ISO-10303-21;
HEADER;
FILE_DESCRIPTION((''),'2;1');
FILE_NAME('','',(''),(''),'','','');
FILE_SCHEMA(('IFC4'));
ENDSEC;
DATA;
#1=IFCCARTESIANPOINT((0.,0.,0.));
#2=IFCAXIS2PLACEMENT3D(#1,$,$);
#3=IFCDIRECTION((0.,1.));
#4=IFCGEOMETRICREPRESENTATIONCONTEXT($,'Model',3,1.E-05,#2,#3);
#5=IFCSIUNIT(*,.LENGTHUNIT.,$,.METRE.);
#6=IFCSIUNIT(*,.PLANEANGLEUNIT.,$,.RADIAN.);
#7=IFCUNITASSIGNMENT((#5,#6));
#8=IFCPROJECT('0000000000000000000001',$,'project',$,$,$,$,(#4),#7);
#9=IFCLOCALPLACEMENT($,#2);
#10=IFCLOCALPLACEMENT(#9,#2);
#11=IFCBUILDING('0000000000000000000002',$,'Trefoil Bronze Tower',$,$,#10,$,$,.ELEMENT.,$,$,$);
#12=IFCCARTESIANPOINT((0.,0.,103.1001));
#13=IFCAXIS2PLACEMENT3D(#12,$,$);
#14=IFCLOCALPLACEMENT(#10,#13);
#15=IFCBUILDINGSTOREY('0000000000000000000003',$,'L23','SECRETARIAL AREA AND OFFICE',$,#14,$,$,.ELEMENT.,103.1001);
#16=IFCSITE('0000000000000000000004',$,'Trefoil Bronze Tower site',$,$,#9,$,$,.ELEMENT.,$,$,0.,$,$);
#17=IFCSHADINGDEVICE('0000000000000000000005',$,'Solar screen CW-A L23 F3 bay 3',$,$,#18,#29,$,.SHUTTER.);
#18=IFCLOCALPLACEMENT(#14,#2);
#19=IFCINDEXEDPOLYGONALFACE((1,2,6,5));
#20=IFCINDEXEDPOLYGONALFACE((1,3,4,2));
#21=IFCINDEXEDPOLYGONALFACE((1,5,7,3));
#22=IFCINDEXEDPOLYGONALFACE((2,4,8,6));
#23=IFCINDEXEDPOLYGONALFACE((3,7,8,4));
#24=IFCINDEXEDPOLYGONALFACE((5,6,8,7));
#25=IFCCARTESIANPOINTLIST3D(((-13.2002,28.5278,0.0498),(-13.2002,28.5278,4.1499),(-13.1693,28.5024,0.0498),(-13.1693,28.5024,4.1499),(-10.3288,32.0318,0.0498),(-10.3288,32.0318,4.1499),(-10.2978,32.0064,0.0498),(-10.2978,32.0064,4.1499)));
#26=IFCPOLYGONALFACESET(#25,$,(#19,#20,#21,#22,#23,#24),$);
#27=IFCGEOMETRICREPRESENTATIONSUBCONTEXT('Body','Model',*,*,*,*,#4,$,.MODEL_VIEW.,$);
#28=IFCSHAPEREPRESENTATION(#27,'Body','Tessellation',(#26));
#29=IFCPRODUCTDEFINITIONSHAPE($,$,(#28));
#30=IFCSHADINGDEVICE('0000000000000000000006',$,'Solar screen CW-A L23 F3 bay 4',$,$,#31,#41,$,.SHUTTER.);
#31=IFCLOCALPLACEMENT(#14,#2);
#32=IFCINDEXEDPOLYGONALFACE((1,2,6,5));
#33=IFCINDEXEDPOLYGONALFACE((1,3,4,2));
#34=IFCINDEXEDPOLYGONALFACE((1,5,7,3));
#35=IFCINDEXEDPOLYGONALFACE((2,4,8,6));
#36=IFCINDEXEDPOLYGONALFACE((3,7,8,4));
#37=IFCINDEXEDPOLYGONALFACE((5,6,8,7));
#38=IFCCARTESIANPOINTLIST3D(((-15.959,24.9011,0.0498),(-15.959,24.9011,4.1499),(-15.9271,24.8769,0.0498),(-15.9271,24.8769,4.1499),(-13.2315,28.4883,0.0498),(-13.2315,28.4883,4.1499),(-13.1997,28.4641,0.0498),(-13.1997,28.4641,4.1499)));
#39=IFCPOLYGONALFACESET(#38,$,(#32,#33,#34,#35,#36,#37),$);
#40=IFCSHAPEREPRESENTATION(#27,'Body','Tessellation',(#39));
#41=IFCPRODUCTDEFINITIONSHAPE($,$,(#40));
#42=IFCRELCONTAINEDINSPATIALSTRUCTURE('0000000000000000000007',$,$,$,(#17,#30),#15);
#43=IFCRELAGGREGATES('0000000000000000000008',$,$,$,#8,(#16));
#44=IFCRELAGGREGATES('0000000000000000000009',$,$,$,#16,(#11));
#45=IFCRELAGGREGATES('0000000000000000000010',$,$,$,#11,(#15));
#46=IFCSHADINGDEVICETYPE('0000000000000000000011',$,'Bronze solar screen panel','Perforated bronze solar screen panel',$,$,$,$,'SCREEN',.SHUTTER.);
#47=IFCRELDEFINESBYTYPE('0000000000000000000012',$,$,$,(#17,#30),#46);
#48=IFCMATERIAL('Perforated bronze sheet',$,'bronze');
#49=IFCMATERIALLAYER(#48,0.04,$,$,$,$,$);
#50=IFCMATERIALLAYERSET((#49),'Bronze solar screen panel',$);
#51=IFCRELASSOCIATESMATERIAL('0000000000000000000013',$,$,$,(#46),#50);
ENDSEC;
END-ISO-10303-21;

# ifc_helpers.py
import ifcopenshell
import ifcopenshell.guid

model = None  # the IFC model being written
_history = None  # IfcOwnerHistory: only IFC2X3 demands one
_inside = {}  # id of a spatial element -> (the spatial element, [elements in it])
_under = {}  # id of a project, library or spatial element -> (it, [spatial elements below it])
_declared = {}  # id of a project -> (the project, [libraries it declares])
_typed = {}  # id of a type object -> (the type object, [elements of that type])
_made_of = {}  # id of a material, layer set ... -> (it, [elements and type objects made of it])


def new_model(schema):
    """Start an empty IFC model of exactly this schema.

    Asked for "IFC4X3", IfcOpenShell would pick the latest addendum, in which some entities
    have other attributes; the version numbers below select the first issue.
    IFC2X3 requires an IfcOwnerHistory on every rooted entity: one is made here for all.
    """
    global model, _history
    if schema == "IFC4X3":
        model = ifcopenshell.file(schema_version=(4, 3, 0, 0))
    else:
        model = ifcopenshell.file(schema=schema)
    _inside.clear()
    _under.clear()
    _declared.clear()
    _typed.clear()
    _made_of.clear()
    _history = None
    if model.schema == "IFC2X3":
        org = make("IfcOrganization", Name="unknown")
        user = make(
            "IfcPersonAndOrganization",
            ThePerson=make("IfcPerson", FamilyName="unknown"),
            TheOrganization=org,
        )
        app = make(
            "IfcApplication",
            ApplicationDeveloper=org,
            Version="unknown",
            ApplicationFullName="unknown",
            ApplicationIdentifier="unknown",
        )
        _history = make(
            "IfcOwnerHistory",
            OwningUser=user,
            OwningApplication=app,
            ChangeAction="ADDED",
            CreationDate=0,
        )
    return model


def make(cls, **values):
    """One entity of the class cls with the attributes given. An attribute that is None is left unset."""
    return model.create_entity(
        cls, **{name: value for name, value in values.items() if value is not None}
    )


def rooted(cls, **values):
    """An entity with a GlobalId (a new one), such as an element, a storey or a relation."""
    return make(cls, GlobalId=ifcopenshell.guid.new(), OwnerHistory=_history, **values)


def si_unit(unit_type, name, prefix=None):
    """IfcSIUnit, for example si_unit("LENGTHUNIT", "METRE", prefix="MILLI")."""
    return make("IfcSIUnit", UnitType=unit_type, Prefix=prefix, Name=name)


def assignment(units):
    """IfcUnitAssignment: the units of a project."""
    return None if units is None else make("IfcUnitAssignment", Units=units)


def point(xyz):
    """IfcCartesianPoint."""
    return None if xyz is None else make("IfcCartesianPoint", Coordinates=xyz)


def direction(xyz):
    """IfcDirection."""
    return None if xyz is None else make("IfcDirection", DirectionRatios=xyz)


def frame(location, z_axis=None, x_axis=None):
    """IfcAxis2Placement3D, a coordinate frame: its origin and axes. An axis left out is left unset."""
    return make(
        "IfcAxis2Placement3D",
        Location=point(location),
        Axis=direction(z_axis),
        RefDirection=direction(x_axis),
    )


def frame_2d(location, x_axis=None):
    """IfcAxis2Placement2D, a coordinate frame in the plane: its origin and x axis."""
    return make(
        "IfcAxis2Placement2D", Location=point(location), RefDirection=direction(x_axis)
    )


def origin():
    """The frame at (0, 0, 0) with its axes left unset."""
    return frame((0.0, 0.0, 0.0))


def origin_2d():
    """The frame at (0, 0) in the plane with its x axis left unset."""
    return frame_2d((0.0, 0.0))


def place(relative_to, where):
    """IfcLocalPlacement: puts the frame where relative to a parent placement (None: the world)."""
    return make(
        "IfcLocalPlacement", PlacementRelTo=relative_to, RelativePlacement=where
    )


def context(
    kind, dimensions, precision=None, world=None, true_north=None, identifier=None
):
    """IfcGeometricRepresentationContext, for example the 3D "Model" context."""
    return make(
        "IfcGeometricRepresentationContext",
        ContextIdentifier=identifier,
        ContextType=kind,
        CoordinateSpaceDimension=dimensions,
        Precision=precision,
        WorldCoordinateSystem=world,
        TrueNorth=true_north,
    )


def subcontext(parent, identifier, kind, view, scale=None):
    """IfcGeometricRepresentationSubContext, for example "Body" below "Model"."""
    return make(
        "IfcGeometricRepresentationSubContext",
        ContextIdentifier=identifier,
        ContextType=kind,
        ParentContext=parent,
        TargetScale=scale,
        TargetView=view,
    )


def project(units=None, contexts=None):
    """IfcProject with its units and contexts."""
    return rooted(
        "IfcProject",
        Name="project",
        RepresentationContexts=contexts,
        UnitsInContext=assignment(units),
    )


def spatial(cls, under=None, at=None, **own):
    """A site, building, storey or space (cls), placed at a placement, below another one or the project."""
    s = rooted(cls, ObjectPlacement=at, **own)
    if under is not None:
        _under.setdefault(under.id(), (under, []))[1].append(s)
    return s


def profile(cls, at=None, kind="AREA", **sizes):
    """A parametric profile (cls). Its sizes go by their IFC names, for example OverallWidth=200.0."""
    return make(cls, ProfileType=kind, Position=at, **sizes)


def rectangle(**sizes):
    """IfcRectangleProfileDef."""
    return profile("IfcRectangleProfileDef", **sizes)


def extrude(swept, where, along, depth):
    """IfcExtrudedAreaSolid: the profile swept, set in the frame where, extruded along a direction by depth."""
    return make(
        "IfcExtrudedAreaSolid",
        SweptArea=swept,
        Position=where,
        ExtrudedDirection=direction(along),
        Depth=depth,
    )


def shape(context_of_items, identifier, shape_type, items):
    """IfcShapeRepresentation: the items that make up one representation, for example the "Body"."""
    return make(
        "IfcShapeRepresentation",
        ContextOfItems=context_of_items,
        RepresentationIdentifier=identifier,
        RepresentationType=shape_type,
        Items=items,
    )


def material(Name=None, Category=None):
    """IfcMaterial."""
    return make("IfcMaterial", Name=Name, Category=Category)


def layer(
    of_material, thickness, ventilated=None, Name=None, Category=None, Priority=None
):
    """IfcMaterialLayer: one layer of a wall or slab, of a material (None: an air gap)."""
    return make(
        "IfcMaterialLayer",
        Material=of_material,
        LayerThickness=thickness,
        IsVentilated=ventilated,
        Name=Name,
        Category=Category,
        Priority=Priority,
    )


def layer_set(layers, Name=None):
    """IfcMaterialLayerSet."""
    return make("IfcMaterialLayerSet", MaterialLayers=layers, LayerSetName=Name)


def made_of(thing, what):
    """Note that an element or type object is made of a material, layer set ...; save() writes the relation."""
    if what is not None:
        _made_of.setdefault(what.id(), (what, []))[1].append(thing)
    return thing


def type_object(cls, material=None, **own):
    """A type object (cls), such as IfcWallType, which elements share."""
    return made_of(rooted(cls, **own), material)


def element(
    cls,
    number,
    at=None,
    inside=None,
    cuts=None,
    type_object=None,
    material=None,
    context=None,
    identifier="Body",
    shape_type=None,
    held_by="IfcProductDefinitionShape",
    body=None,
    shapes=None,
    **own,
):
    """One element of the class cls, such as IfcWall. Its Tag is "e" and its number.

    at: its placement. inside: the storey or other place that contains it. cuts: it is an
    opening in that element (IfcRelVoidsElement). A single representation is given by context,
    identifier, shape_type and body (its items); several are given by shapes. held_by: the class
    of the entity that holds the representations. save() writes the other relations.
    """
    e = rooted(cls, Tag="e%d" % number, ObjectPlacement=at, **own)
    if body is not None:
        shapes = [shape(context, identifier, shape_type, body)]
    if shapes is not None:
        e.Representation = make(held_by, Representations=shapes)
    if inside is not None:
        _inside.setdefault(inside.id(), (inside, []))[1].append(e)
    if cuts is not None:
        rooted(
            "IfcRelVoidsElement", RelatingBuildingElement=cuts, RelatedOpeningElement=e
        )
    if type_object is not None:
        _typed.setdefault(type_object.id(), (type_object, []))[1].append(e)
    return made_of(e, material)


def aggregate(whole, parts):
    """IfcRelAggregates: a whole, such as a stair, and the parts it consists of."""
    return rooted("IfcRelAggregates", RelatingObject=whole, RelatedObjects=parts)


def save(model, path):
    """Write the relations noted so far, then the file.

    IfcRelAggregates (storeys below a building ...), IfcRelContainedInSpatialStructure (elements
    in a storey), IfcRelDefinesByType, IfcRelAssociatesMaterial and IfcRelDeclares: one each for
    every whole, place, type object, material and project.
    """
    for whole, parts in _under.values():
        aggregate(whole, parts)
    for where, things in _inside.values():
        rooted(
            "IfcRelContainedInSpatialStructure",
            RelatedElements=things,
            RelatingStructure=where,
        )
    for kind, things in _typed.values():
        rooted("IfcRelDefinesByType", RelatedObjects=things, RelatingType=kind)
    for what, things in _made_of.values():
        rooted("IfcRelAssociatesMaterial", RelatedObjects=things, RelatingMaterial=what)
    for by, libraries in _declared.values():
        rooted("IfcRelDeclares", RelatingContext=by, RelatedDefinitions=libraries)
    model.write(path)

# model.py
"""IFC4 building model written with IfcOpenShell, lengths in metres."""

from ifc_helpers import new_model, si_unit, direction, frame, origin, origin_2d, place, context, subcontext, project, spatial, rectangle, extrude, material, layer, layer_set, type_object, element, save


model = new_model("IFC4")

# Units and contexts
model_context = context("Model", 3, precision=1e-05, world=origin(), true_north=direction((0.0, 1.0)))
body_context = subcontext(model_context, "Body", "Model", "MODEL_VIEW")
ifc_project = project(units=[si_unit("LENGTHUNIT", "METRE"), si_unit("PLANEANGLEUNIT", "RADIAN")], contexts=[model_context])

# Site, building, storey
site_placement = place(None, origin())
site = spatial("IfcSite", under=ifc_project, at=site_placement, Name="Trefoil Bronze Tower site", CompositionType="ELEMENT", RefElevation=0.0)
building_placement = place(site_placement, origin())
building = spatial("IfcBuilding", under=site, at=building_placement, Name="Trefoil Bronze Tower", CompositionType="ELEMENT")
storey_placement = place(building_placement, frame((0.0, 0.0, 103.1001)))
storey = spatial("IfcBuildingStorey", under=building, at=storey_placement, Name="L23", Description="SECRETARIAL AREA AND OFFICE", CompositionType="ELEMENT", Elevation=103.1001)

# Shading devices
ifc_material_1 = material(Name="Perforated bronze sheet", Category="bronze")
ifc_layer_1 = layer(ifc_material_1, 0.04)
ifc_layer_set_1 = layer_set([ifc_layer_1], Name="Bronze solar screen panel")
shading_device_type = type_object("IfcShadingDeviceType", Name="Bronze solar screen panel", Description="Perforated bronze solar screen panel", ElementType="SCREEN", PredefinedType="SHUTTER", material=ifc_layer_set_1)
shading_device_1_placement = place(storey_placement, frame((-11.749, 30.2671, 0.0498), z_axis=(0.0, 0.0, 1.0), x_axis=(-0.63384, -0.773464, 0.0)))
element("IfcShadingDevice", 1, at=shading_device_1_placement, inside=storey, type_object=shading_device_type, Name="Solar screen CW-A L23 F3 bay 3", PredefinedType="SHUTTER", context=body_context, shape_type="SweptSolid", body=[
    extrude(rectangle(XDim=4.5303, YDim=0.04, at=origin_2d()), origin(), (0.0, 0.0, 1.0), 4.1001),
])
shading_device_2_placement = place(storey_placement, frame((-14.5793, 26.6826, 0.0498), z_axis=(0.0, 0.0, 1.0), x_axis=(-0.605252, -0.796034, 0.0)))
element("IfcShadingDevice", 2, at=shading_device_2_placement, inside=storey, type_object=shading_device_type, Name="Solar screen CW-A L23 F3 bay 4", PredefinedType="SHUTTER", context=body_context, shape_type="SweptSolid", body=[
    extrude(rectangle(XDim=4.5063, YDim=0.04, at=origin_2d()), origin(), (0.0, 0.0, 1.0), 4.1001),
])

save(model, "model.ifc")
